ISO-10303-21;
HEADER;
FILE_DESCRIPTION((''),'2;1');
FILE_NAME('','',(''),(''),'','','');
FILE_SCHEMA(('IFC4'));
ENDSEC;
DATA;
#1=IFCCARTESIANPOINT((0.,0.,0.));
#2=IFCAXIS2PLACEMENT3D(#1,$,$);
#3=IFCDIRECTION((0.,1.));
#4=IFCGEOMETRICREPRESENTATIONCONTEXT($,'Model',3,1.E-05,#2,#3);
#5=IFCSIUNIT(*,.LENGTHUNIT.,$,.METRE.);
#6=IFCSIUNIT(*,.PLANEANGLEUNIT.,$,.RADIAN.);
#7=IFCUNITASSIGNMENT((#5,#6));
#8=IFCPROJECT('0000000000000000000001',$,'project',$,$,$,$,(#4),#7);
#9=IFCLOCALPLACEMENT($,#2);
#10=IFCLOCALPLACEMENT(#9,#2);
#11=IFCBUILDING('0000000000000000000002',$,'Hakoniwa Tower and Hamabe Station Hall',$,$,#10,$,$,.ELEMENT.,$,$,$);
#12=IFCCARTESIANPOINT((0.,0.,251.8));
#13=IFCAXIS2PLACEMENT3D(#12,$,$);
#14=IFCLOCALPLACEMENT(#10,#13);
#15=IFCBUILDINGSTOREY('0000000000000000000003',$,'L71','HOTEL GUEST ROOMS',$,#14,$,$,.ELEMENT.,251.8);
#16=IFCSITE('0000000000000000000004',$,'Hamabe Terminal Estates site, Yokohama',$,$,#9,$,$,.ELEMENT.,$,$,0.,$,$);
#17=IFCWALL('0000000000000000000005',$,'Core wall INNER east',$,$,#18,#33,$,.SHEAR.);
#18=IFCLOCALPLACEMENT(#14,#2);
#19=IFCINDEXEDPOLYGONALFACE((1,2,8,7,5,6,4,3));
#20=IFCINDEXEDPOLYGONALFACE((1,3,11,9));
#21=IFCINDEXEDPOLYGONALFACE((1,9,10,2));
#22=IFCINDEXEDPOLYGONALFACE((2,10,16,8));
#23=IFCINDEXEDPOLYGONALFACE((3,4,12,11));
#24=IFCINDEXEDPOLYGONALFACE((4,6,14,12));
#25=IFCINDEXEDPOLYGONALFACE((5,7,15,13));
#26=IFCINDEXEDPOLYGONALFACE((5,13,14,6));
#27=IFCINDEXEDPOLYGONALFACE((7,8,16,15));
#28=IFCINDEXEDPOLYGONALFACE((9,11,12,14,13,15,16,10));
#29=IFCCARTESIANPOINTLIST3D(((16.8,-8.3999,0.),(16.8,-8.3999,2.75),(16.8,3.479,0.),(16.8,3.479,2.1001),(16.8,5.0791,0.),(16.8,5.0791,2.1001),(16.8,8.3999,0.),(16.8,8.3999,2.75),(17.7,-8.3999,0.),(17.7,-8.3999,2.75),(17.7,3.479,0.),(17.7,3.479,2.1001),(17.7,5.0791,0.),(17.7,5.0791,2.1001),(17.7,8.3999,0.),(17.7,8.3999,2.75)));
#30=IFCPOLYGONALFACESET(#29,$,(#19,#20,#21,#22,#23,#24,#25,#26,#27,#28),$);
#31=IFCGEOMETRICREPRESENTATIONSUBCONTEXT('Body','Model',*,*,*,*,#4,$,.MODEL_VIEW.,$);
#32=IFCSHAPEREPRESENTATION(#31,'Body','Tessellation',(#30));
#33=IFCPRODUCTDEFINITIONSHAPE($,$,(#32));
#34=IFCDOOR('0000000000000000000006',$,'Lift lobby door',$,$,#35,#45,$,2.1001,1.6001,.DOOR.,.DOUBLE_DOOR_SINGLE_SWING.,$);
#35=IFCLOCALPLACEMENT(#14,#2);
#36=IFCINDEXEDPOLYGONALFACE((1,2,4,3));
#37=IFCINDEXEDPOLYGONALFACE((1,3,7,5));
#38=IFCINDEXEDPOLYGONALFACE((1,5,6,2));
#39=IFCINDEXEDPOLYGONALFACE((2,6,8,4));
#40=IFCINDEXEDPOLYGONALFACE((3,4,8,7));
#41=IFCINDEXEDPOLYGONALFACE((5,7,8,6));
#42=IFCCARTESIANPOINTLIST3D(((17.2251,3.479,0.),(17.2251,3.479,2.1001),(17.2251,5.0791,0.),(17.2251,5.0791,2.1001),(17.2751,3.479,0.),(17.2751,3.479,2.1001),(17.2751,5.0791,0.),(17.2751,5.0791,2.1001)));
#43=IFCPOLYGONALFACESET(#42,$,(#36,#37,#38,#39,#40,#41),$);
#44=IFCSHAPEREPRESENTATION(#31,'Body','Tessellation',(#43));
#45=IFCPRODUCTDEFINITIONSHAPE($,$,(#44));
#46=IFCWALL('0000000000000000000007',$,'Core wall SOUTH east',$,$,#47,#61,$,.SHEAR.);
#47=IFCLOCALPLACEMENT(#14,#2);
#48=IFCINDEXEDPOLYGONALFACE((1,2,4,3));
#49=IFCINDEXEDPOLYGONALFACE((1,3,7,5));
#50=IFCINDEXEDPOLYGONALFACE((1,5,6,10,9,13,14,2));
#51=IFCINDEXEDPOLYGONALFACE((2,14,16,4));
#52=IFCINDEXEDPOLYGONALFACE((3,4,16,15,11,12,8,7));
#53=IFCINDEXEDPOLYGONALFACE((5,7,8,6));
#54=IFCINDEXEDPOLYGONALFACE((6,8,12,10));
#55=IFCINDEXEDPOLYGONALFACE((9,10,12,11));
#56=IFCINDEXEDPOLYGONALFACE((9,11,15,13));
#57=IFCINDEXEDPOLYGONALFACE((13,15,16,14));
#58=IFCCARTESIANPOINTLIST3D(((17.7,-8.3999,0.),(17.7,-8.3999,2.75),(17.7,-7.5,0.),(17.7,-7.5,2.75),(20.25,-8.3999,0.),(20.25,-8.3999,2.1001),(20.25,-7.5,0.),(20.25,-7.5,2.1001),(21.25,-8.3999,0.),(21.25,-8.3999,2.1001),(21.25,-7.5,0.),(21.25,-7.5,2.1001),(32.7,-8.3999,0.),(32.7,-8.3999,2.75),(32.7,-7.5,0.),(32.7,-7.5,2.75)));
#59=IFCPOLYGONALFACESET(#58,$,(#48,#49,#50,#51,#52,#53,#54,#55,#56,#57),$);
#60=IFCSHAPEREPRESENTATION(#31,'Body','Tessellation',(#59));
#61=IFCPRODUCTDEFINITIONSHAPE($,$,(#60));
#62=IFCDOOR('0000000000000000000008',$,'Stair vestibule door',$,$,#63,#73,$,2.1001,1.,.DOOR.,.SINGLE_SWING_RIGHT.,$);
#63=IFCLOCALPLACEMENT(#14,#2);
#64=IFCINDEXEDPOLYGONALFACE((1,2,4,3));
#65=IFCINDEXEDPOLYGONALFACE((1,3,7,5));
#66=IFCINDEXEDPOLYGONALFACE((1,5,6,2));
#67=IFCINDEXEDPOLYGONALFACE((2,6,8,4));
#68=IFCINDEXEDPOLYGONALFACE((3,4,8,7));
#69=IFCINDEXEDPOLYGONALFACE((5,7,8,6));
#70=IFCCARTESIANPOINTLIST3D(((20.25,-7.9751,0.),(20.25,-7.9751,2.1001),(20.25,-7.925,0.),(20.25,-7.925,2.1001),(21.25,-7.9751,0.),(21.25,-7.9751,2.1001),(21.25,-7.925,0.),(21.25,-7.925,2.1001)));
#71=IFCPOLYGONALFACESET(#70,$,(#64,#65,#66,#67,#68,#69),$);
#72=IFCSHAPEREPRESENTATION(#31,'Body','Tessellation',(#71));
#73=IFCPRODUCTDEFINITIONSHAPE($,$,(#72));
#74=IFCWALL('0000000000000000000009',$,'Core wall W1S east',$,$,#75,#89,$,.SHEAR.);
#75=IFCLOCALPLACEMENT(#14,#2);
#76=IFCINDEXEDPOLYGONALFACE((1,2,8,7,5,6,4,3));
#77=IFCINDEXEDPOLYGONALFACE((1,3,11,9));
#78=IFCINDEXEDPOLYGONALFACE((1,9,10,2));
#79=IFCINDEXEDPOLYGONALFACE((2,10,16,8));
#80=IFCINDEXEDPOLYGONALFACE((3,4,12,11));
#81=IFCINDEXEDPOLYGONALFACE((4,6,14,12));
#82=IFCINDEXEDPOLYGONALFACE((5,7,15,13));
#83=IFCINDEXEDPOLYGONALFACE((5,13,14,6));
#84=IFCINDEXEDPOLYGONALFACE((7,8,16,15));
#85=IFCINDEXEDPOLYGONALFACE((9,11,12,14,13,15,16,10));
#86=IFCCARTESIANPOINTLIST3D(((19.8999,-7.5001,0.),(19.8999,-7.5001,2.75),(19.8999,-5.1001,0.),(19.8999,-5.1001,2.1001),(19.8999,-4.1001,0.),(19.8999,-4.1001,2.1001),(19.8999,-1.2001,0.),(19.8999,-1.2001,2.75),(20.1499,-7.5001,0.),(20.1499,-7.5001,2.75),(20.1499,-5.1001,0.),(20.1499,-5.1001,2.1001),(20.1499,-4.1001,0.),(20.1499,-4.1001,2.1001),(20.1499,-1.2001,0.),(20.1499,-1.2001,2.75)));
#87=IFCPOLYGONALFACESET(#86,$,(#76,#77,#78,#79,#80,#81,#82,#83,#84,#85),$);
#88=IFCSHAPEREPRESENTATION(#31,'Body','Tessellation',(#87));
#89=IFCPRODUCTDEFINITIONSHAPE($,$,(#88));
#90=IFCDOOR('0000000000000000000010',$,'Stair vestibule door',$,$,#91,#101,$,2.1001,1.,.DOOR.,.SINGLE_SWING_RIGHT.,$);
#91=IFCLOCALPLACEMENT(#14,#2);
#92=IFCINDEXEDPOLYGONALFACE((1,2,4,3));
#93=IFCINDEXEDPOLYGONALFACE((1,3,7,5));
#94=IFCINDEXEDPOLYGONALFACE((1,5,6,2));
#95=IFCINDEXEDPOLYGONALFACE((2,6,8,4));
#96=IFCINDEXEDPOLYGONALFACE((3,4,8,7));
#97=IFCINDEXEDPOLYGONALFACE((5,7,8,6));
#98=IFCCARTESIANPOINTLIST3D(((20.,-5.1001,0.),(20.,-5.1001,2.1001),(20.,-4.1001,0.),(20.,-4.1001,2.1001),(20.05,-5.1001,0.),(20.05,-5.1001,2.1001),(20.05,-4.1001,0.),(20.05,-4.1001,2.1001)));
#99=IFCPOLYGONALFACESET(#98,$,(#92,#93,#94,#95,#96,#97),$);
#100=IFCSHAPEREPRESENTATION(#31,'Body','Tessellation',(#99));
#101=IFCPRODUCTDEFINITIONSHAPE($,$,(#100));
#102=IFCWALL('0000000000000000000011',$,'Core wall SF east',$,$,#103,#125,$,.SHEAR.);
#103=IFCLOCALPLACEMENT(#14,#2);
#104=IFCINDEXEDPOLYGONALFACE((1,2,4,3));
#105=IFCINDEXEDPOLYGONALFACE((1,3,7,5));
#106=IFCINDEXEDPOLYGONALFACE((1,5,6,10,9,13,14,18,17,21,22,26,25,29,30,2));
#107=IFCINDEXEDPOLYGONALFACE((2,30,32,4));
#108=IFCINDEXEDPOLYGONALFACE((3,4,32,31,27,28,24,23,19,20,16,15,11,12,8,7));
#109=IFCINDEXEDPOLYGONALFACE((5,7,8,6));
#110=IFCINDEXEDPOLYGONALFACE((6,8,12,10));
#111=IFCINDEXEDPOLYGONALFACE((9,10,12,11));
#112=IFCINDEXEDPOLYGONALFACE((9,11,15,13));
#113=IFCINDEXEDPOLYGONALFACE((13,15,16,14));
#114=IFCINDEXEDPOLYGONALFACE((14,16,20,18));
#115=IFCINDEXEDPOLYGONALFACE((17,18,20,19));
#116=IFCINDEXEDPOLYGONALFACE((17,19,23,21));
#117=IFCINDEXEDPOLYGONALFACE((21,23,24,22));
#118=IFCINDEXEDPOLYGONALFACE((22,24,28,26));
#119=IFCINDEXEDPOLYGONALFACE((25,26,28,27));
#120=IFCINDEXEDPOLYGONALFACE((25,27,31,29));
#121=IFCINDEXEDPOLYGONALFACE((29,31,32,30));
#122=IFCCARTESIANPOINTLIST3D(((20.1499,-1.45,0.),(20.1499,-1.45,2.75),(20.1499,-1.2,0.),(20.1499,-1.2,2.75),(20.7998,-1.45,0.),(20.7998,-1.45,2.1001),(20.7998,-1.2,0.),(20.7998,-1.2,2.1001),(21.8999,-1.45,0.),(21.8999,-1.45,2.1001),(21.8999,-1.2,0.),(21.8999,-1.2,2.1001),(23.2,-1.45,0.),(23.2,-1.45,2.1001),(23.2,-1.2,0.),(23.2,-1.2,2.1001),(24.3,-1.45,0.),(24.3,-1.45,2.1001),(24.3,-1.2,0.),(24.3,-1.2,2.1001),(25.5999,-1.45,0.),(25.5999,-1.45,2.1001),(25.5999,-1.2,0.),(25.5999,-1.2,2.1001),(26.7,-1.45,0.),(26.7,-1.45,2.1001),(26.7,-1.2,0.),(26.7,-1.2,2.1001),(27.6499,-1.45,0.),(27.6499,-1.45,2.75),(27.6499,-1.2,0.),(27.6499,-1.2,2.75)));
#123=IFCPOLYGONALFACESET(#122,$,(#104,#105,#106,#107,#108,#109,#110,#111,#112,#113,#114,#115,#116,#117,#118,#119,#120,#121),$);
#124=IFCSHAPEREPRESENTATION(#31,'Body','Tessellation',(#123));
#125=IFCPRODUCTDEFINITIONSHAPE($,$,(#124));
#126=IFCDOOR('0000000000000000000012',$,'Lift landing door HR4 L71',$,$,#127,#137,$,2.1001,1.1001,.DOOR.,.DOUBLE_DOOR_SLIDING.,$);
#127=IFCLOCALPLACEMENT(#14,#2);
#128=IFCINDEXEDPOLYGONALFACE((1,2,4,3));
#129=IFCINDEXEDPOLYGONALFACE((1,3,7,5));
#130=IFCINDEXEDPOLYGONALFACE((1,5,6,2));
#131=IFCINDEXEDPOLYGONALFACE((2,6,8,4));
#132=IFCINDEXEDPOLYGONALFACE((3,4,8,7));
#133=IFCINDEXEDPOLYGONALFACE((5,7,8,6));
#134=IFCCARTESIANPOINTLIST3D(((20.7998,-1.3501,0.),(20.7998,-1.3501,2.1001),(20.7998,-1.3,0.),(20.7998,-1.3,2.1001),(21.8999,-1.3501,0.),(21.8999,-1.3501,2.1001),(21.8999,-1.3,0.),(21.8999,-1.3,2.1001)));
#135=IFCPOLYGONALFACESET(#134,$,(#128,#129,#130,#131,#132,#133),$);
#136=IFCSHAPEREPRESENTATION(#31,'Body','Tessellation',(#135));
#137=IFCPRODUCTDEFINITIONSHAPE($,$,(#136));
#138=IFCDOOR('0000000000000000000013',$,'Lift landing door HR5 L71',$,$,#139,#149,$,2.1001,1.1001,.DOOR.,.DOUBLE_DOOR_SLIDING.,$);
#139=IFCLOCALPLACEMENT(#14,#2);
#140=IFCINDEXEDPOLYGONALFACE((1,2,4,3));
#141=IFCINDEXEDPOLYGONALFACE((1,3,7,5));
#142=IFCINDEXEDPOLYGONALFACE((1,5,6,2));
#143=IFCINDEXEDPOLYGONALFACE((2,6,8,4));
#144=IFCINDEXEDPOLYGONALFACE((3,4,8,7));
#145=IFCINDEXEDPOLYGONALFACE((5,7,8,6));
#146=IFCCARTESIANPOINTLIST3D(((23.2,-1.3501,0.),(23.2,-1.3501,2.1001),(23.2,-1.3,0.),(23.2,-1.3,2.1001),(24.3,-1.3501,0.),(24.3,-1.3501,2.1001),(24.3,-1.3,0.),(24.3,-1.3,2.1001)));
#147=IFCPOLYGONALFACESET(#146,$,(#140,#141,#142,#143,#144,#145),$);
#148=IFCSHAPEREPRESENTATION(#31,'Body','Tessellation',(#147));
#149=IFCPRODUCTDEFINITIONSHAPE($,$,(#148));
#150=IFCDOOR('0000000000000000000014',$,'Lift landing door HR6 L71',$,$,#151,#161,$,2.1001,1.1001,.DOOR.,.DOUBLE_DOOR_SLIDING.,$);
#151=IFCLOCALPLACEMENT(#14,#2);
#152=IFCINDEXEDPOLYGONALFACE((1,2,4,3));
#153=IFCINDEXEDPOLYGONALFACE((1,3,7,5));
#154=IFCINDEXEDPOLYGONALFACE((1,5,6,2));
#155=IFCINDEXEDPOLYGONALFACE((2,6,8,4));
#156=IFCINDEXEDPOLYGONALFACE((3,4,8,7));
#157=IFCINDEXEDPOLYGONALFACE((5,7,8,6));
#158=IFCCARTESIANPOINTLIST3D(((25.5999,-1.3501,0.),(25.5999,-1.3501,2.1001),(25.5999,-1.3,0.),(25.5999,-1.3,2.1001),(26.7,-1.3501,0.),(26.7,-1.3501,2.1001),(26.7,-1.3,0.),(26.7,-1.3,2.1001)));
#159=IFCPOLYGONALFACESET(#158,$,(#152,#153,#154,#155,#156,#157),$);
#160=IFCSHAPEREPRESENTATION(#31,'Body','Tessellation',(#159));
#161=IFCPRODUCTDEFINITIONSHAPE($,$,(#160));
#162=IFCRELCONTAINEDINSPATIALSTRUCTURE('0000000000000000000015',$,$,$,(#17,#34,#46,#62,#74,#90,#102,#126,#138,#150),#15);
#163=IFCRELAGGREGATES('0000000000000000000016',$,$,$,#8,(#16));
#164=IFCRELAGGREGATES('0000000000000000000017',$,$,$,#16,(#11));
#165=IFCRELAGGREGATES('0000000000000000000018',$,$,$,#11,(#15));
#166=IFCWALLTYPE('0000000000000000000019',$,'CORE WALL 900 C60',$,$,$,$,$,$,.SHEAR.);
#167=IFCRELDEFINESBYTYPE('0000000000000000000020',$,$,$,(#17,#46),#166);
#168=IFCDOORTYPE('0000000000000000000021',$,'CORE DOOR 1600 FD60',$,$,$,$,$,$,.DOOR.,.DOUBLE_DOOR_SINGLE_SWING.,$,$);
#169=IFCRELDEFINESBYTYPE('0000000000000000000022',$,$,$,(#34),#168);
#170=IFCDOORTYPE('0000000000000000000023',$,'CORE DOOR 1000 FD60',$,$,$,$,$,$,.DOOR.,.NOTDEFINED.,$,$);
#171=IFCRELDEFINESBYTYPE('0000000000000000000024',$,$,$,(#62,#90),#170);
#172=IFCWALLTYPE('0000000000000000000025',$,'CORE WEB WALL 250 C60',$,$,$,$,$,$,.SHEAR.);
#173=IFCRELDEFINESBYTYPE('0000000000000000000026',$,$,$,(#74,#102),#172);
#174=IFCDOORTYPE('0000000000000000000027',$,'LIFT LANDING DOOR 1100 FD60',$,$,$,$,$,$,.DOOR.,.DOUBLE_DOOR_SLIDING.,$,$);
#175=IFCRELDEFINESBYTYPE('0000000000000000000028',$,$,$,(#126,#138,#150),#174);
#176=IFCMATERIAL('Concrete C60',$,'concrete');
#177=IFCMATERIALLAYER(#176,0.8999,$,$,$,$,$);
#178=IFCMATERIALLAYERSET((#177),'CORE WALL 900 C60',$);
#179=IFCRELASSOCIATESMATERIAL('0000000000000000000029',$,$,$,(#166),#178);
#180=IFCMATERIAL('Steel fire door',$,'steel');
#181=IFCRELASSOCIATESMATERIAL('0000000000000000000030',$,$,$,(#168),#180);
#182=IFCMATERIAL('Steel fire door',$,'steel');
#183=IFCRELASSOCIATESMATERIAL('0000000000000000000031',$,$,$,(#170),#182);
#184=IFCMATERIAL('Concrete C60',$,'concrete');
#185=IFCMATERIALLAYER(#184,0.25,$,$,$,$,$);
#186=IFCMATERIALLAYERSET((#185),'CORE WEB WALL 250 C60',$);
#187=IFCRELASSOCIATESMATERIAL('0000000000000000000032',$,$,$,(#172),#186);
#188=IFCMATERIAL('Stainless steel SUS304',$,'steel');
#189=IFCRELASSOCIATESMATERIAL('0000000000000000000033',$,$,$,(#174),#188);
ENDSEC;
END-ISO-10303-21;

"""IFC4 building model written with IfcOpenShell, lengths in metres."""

from ifc_helpers import new_model, si_unit, direction, frame, frame_2d, origin, place, context, subcontext, project, spatial, rectangle, extrude, material, layer, layer_set, type_object, element, fill, save


model = new_model("IFC4")

# Units and contexts
model_context = context("Model", 3, precision=1e-05, world=origin(), true_north=direction((0.0, 1.0)))
body_context = subcontext(model_context, "Body", "Model", "MODEL_VIEW")
ifc_project = project(units=[si_unit("LENGTHUNIT", "METRE"), si_unit("PLANEANGLEUNIT", "RADIAN")], contexts=[model_context])

# Site, building, storey
site_placement = place(None, origin())
site = spatial("IfcSite", under=ifc_project, at=site_placement, Name="Hamabe Terminal Estates site, Yokohama", CompositionType="ELEMENT", RefElevation=0.0)
building_placement = place(site_placement, origin())
building = spatial("IfcBuilding", under=site, at=building_placement, Name="Hakoniwa Tower and Hamabe Station Hall", CompositionType="ELEMENT")
storey_placement = place(building_placement, frame((0.0, 0.0, 251.8)))
storey = spatial("IfcBuildingStorey", under=building, at=storey_placement, Name="L71", Description="HOTEL GUEST ROOMS", CompositionType="ELEMENT", Elevation=251.8)

# Walls, openings, doors
ifc_material_1 = material(Name="Concrete C60", Category="concrete")
ifc_layer_1 = layer(ifc_material_1, 0.8999)
ifc_layer_set_1 = layer_set([ifc_layer_1], Name="CORE WALL 900 C60")
wall_type_1 = type_object("IfcWallType", Name="CORE WALL 900 C60", PredefinedType="SHEAR", material=ifc_layer_set_1)
wall_1_placement = place(storey_placement, frame((17.25, -8.3999, 0.0), z_axis=(0.0, 0.0, 1.0), x_axis=(0.0, 1.0, 0.0)))
wall_1 = element("IfcWall", 1, at=wall_1_placement, inside=storey, type_object=wall_type_1, Name="Core wall INNER east", PredefinedType="SHEAR", context=body_context, shape_type="SweptSolid", body=[
    extrude(rectangle(XDim=16.7998, YDim=0.8999, at=frame_2d((8.3999, 0.0))), origin(), (0.0, 0.0, 1.0), 2.75),
])
opening_1_placement = place(wall_1_placement, frame((11.8789, 0.0, 0.0)))
opening_1 = element("IfcOpeningElement", 2, at=opening_1_placement, cuts=wall_1, PredefinedType="OPENING", context=body_context, shape_type="SweptSolid", body=[
    extrude(rectangle(XDim=1.6001, YDim=2.1001, at=frame_2d((0.8, 1.05))), frame((0.0, 0.46, 0.0), z_axis=(0.0, -1.0, 0.0), x_axis=(1.0, 0.0, 0.0)), (0.0, 0.0, 1.0), 0.9199),
])
ifc_material_2 = material(Name="Steel fire door", Category="steel")
door_type_1 = type_object("IfcDoorType", Name="CORE DOOR 1600 FD60", OperationType="DOUBLE_DOOR_SINGLE_SWING", PredefinedType="DOOR", material=ifc_material_2)
door_1_placement = place(opening_1_placement, origin())
door_1 = element("IfcDoor", 3, at=door_1_placement, inside=storey, type_object=door_type_1, Name="Lift lobby door", OperationType="DOUBLE_DOOR_SINGLE_SWING", OverallHeight=2.1001, OverallWidth=1.6001, PredefinedType="DOOR", context=body_context, shape_type="SweptSolid", body=[
    extrude(rectangle(XDim=1.6001, YDim=2.1001, at=frame_2d((0.8, 1.05))), frame((0.0, 0.0249, 0.0), z_axis=(0.0, -1.0, 0.0), x_axis=(1.0, 0.0, 0.0)), (0.0, 0.0, 1.0), 0.05),
])
fill(opening_1, door_1)
wall_2_placement = place(storey_placement, frame((17.7, -7.95, 0.0), z_axis=(0.0, 0.0, 1.0), x_axis=(1.0, 0.0, 0.0)))
wall_2 = element("IfcWall", 4, at=wall_2_placement, inside=storey, type_object=wall_type_1, Name="Core wall SOUTH east", PredefinedType="SHEAR", context=body_context, shape_type="SweptSolid", body=[
    extrude(rectangle(XDim=15.0, YDim=0.8999, at=frame_2d((7.5, 0.0))), origin(), (0.0, 0.0, 1.0), 2.75),
])
opening_2_placement = place(wall_2_placement, frame((2.55, 0.0, 0.0)))
opening_2 = element("IfcOpeningElement", 5, at=opening_2_placement, cuts=wall_2, PredefinedType="OPENING", context=body_context, shape_type="SweptSolid", body=[
    extrude(rectangle(XDim=1.0, YDim=2.1001, at=frame_2d((0.5, 1.05))), frame((0.0, 0.46, 0.0), z_axis=(0.0, -1.0, 0.0), x_axis=(1.0, 0.0, 0.0)), (0.0, 0.0, 1.0), 0.9199),
])
ifc_material_3 = material(Name="Steel fire door", Category="steel")
door_type_2 = type_object("IfcDoorType", Name="CORE DOOR 1000 FD60", OperationType="NOTDEFINED", PredefinedType="DOOR", material=ifc_material_3)
door_2_placement = place(opening_2_placement, origin())
door_2 = element("IfcDoor", 6, at=door_2_placement, inside=storey, type_object=door_type_2, Name="Stair vestibule door", OperationType="SINGLE_SWING_RIGHT", OverallHeight=2.1001, OverallWidth=1.0, PredefinedType="DOOR", context=body_context, shape_type="SweptSolid", body=[
    extrude(rectangle(XDim=1.0, YDim=2.1001, at=frame_2d((0.5, 1.05))), frame((0.0, 0.0249, 0.0), z_axis=(0.0, -1.0, 0.0), x_axis=(1.0, 0.0, 0.0)), (0.0, 0.0, 1.0), 0.05),
])
fill(opening_2, door_2)
ifc_material_4 = material(Name="Concrete C60", Category="concrete")
ifc_layer_2 = layer(ifc_material_4, 0.25)
ifc_layer_set_2 = layer_set([ifc_layer_2], Name="CORE WEB WALL 250 C60")
wall_type_2 = type_object("IfcWallType", Name="CORE WEB WALL 250 C60", PredefinedType="SHEAR", material=ifc_layer_set_2)
wall_3_placement = place(storey_placement, frame((20.0249, -7.5, 0.0), z_axis=(0.0, 0.0, 1.0), x_axis=(0.0, 1.0, 0.0)))
wall_3 = element("IfcWall", 7, at=wall_3_placement, inside=storey, type_object=wall_type_2, Name="Core wall W1S east", PredefinedType="SHEAR", context=body_context, shape_type="SweptSolid", body=[
    extrude(rectangle(XDim=6.3, YDim=0.25, at=frame_2d((3.1499, 0.0))), origin(), (0.0, 0.0, 1.0), 2.75),
])
opening_3_placement = place(wall_3_placement, frame((2.3999, 0.0, 0.0)))
opening_3 = element("IfcOpeningElement", 8, at=opening_3_placement, cuts=wall_3, PredefinedType="OPENING", context=body_context, shape_type="SweptSolid", body=[
    extrude(rectangle(XDim=1.0, YDim=2.1001, at=frame_2d((0.5, 1.05))), frame((0.0, 0.135, 0.0), z_axis=(0.0, -1.0, 0.0), x_axis=(1.0, 0.0, 0.0)), (0.0, 0.0, 1.0), 0.27),
])
door_3_placement = place(opening_3_placement, origin())
door_3 = element("IfcDoor", 9, at=door_3_placement, inside=storey, type_object=door_type_2, Name="Stair vestibule door", OperationType="SINGLE_SWING_RIGHT", OverallHeight=2.1001, OverallWidth=1.0, PredefinedType="DOOR", context=body_context, shape_type="SweptSolid", body=[
    extrude(rectangle(XDim=1.0, YDim=2.1001, at=frame_2d((0.5, 1.05))), frame((0.0, 0.0249, 0.0), z_axis=(0.0, -1.0, 0.0), x_axis=(1.0, 0.0, 0.0)), (0.0, 0.0, 1.0), 0.05),
])
fill(opening_3, door_3)

# Wall, openings, doors
wall_4_placement = place(storey_placement, frame((20.1499, -1.325, 0.0), z_axis=(0.0, 0.0, 1.0), x_axis=(1.0, 0.0, 0.0)))
wall_4 = element("IfcWall", 10, at=wall_4_placement, inside=storey, type_object=wall_type_2, Name="Core wall SF east", PredefinedType="SHEAR", context=body_context, shape_type="SweptSolid", body=[
    extrude(rectangle(XDim=7.5, YDim=0.25, at=frame_2d((3.75, 0.0))), origin(), (0.0, 0.0, 1.0), 2.75),
])
opening_4_placement = place(wall_4_placement, frame((0.6499, 0.0, 0.0)))
opening_4 = element("IfcOpeningElement", 11, at=opening_4_placement, cuts=wall_4, PredefinedType="OPENING", context=body_context, shape_type="SweptSolid", body=[
    extrude(rectangle(XDim=1.1001, YDim=2.1001, at=frame_2d((0.55, 1.05))), frame((0.0, 0.135, 0.0), z_axis=(0.0, -1.0, 0.0), x_axis=(1.0, 0.0, 0.0)), (0.0, 0.0, 1.0), 0.27),
])
opening_5_placement = place(wall_4_placement, frame((3.05, 0.0, 0.0)))
opening_5 = element("IfcOpeningElement", 12, at=opening_5_placement, cuts=wall_4, PredefinedType="OPENING", context=body_context, shape_type="SweptSolid", body=[
    extrude(rectangle(XDim=1.1001, YDim=2.1001, at=frame_2d((0.55, 1.05))), frame((0.0, 0.135, 0.0), z_axis=(0.0, -1.0, 0.0), x_axis=(1.0, 0.0, 0.0)), (0.0, 0.0, 1.0), 0.27),
])
opening_6_placement = place(wall_4_placement, frame((5.45, 0.0, 0.0)))
opening_6 = element("IfcOpeningElement", 13, at=opening_6_placement, cuts=wall_4, PredefinedType="OPENING", context=body_context, shape_type="SweptSolid", body=[
    extrude(rectangle(XDim=1.1001, YDim=2.1001, at=frame_2d((0.55, 1.05))), frame((0.0, 0.135, 0.0), z_axis=(0.0, -1.0, 0.0), x_axis=(1.0, 0.0, 0.0)), (0.0, 0.0, 1.0), 0.27),
])
ifc_material_5 = material(Name="Stainless steel SUS304", Category="steel")
door_type_3 = type_object("IfcDoorType", Name="LIFT LANDING DOOR 1100 FD60", OperationType="DOUBLE_DOOR_SLIDING", PredefinedType="DOOR", material=ifc_material_5)
door_4_placement = place(opening_4_placement, origin())
door_4 = element("IfcDoor", 14, at=door_4_placement, inside=storey, type_object=door_type_3, Name="Lift landing door HR4 L71", OperationType="DOUBLE_DOOR_SLIDING", OverallHeight=2.1001, OverallWidth=1.1001, PredefinedType="DOOR", context=body_context, shape_type="SweptSolid", body=[
    extrude(rectangle(XDim=1.1001, YDim=2.1001, at=frame_2d((0.55, 1.05))), frame((0.0, 0.0249, 0.0), z_axis=(0.0, -1.0, 0.0), x_axis=(1.0, 0.0, 0.0)), (0.0, 0.0, 1.0), 0.05),
])
fill(opening_4, door_4)
door_5_placement = place(opening_5_placement, origin())
door_5 = element("IfcDoor", 15, at=door_5_placement, inside=storey, type_object=door_type_3, Name="Lift landing door HR5 L71", OperationType="DOUBLE_DOOR_SLIDING", OverallHeight=2.1001, OverallWidth=1.1001, PredefinedType="DOOR", context=body_context, shape_type="SweptSolid", body=[
    extrude(rectangle(XDim=1.1001, YDim=2.1001, at=frame_2d((0.55, 1.05))), frame((0.0, 0.0249, 0.0), z_axis=(0.0, -1.0, 0.0), x_axis=(1.0, 0.0, 0.0)), (0.0, 0.0, 1.0), 0.05),
])
fill(opening_5, door_5)
door_6_placement = place(opening_6_placement, origin())
door_6 = element("IfcDoor", 16, at=door_6_placement, inside=storey, type_object=door_type_3, Name="Lift landing door HR6 L71", OperationType="DOUBLE_DOOR_SLIDING", OverallHeight=2.1001, OverallWidth=1.1001, PredefinedType="DOOR", context=body_context, shape_type="SweptSolid", body=[
    extrude(rectangle(XDim=1.1001, YDim=2.1001, at=frame_2d((0.55, 1.05))), frame((0.0, 0.0249, 0.0), z_axis=(0.0, -1.0, 0.0), x_axis=(1.0, 0.0, 0.0)), (0.0, 0.0, 1.0), 0.05),
])
fill(opening_6, door_6)

save(model, "model.ifc")
